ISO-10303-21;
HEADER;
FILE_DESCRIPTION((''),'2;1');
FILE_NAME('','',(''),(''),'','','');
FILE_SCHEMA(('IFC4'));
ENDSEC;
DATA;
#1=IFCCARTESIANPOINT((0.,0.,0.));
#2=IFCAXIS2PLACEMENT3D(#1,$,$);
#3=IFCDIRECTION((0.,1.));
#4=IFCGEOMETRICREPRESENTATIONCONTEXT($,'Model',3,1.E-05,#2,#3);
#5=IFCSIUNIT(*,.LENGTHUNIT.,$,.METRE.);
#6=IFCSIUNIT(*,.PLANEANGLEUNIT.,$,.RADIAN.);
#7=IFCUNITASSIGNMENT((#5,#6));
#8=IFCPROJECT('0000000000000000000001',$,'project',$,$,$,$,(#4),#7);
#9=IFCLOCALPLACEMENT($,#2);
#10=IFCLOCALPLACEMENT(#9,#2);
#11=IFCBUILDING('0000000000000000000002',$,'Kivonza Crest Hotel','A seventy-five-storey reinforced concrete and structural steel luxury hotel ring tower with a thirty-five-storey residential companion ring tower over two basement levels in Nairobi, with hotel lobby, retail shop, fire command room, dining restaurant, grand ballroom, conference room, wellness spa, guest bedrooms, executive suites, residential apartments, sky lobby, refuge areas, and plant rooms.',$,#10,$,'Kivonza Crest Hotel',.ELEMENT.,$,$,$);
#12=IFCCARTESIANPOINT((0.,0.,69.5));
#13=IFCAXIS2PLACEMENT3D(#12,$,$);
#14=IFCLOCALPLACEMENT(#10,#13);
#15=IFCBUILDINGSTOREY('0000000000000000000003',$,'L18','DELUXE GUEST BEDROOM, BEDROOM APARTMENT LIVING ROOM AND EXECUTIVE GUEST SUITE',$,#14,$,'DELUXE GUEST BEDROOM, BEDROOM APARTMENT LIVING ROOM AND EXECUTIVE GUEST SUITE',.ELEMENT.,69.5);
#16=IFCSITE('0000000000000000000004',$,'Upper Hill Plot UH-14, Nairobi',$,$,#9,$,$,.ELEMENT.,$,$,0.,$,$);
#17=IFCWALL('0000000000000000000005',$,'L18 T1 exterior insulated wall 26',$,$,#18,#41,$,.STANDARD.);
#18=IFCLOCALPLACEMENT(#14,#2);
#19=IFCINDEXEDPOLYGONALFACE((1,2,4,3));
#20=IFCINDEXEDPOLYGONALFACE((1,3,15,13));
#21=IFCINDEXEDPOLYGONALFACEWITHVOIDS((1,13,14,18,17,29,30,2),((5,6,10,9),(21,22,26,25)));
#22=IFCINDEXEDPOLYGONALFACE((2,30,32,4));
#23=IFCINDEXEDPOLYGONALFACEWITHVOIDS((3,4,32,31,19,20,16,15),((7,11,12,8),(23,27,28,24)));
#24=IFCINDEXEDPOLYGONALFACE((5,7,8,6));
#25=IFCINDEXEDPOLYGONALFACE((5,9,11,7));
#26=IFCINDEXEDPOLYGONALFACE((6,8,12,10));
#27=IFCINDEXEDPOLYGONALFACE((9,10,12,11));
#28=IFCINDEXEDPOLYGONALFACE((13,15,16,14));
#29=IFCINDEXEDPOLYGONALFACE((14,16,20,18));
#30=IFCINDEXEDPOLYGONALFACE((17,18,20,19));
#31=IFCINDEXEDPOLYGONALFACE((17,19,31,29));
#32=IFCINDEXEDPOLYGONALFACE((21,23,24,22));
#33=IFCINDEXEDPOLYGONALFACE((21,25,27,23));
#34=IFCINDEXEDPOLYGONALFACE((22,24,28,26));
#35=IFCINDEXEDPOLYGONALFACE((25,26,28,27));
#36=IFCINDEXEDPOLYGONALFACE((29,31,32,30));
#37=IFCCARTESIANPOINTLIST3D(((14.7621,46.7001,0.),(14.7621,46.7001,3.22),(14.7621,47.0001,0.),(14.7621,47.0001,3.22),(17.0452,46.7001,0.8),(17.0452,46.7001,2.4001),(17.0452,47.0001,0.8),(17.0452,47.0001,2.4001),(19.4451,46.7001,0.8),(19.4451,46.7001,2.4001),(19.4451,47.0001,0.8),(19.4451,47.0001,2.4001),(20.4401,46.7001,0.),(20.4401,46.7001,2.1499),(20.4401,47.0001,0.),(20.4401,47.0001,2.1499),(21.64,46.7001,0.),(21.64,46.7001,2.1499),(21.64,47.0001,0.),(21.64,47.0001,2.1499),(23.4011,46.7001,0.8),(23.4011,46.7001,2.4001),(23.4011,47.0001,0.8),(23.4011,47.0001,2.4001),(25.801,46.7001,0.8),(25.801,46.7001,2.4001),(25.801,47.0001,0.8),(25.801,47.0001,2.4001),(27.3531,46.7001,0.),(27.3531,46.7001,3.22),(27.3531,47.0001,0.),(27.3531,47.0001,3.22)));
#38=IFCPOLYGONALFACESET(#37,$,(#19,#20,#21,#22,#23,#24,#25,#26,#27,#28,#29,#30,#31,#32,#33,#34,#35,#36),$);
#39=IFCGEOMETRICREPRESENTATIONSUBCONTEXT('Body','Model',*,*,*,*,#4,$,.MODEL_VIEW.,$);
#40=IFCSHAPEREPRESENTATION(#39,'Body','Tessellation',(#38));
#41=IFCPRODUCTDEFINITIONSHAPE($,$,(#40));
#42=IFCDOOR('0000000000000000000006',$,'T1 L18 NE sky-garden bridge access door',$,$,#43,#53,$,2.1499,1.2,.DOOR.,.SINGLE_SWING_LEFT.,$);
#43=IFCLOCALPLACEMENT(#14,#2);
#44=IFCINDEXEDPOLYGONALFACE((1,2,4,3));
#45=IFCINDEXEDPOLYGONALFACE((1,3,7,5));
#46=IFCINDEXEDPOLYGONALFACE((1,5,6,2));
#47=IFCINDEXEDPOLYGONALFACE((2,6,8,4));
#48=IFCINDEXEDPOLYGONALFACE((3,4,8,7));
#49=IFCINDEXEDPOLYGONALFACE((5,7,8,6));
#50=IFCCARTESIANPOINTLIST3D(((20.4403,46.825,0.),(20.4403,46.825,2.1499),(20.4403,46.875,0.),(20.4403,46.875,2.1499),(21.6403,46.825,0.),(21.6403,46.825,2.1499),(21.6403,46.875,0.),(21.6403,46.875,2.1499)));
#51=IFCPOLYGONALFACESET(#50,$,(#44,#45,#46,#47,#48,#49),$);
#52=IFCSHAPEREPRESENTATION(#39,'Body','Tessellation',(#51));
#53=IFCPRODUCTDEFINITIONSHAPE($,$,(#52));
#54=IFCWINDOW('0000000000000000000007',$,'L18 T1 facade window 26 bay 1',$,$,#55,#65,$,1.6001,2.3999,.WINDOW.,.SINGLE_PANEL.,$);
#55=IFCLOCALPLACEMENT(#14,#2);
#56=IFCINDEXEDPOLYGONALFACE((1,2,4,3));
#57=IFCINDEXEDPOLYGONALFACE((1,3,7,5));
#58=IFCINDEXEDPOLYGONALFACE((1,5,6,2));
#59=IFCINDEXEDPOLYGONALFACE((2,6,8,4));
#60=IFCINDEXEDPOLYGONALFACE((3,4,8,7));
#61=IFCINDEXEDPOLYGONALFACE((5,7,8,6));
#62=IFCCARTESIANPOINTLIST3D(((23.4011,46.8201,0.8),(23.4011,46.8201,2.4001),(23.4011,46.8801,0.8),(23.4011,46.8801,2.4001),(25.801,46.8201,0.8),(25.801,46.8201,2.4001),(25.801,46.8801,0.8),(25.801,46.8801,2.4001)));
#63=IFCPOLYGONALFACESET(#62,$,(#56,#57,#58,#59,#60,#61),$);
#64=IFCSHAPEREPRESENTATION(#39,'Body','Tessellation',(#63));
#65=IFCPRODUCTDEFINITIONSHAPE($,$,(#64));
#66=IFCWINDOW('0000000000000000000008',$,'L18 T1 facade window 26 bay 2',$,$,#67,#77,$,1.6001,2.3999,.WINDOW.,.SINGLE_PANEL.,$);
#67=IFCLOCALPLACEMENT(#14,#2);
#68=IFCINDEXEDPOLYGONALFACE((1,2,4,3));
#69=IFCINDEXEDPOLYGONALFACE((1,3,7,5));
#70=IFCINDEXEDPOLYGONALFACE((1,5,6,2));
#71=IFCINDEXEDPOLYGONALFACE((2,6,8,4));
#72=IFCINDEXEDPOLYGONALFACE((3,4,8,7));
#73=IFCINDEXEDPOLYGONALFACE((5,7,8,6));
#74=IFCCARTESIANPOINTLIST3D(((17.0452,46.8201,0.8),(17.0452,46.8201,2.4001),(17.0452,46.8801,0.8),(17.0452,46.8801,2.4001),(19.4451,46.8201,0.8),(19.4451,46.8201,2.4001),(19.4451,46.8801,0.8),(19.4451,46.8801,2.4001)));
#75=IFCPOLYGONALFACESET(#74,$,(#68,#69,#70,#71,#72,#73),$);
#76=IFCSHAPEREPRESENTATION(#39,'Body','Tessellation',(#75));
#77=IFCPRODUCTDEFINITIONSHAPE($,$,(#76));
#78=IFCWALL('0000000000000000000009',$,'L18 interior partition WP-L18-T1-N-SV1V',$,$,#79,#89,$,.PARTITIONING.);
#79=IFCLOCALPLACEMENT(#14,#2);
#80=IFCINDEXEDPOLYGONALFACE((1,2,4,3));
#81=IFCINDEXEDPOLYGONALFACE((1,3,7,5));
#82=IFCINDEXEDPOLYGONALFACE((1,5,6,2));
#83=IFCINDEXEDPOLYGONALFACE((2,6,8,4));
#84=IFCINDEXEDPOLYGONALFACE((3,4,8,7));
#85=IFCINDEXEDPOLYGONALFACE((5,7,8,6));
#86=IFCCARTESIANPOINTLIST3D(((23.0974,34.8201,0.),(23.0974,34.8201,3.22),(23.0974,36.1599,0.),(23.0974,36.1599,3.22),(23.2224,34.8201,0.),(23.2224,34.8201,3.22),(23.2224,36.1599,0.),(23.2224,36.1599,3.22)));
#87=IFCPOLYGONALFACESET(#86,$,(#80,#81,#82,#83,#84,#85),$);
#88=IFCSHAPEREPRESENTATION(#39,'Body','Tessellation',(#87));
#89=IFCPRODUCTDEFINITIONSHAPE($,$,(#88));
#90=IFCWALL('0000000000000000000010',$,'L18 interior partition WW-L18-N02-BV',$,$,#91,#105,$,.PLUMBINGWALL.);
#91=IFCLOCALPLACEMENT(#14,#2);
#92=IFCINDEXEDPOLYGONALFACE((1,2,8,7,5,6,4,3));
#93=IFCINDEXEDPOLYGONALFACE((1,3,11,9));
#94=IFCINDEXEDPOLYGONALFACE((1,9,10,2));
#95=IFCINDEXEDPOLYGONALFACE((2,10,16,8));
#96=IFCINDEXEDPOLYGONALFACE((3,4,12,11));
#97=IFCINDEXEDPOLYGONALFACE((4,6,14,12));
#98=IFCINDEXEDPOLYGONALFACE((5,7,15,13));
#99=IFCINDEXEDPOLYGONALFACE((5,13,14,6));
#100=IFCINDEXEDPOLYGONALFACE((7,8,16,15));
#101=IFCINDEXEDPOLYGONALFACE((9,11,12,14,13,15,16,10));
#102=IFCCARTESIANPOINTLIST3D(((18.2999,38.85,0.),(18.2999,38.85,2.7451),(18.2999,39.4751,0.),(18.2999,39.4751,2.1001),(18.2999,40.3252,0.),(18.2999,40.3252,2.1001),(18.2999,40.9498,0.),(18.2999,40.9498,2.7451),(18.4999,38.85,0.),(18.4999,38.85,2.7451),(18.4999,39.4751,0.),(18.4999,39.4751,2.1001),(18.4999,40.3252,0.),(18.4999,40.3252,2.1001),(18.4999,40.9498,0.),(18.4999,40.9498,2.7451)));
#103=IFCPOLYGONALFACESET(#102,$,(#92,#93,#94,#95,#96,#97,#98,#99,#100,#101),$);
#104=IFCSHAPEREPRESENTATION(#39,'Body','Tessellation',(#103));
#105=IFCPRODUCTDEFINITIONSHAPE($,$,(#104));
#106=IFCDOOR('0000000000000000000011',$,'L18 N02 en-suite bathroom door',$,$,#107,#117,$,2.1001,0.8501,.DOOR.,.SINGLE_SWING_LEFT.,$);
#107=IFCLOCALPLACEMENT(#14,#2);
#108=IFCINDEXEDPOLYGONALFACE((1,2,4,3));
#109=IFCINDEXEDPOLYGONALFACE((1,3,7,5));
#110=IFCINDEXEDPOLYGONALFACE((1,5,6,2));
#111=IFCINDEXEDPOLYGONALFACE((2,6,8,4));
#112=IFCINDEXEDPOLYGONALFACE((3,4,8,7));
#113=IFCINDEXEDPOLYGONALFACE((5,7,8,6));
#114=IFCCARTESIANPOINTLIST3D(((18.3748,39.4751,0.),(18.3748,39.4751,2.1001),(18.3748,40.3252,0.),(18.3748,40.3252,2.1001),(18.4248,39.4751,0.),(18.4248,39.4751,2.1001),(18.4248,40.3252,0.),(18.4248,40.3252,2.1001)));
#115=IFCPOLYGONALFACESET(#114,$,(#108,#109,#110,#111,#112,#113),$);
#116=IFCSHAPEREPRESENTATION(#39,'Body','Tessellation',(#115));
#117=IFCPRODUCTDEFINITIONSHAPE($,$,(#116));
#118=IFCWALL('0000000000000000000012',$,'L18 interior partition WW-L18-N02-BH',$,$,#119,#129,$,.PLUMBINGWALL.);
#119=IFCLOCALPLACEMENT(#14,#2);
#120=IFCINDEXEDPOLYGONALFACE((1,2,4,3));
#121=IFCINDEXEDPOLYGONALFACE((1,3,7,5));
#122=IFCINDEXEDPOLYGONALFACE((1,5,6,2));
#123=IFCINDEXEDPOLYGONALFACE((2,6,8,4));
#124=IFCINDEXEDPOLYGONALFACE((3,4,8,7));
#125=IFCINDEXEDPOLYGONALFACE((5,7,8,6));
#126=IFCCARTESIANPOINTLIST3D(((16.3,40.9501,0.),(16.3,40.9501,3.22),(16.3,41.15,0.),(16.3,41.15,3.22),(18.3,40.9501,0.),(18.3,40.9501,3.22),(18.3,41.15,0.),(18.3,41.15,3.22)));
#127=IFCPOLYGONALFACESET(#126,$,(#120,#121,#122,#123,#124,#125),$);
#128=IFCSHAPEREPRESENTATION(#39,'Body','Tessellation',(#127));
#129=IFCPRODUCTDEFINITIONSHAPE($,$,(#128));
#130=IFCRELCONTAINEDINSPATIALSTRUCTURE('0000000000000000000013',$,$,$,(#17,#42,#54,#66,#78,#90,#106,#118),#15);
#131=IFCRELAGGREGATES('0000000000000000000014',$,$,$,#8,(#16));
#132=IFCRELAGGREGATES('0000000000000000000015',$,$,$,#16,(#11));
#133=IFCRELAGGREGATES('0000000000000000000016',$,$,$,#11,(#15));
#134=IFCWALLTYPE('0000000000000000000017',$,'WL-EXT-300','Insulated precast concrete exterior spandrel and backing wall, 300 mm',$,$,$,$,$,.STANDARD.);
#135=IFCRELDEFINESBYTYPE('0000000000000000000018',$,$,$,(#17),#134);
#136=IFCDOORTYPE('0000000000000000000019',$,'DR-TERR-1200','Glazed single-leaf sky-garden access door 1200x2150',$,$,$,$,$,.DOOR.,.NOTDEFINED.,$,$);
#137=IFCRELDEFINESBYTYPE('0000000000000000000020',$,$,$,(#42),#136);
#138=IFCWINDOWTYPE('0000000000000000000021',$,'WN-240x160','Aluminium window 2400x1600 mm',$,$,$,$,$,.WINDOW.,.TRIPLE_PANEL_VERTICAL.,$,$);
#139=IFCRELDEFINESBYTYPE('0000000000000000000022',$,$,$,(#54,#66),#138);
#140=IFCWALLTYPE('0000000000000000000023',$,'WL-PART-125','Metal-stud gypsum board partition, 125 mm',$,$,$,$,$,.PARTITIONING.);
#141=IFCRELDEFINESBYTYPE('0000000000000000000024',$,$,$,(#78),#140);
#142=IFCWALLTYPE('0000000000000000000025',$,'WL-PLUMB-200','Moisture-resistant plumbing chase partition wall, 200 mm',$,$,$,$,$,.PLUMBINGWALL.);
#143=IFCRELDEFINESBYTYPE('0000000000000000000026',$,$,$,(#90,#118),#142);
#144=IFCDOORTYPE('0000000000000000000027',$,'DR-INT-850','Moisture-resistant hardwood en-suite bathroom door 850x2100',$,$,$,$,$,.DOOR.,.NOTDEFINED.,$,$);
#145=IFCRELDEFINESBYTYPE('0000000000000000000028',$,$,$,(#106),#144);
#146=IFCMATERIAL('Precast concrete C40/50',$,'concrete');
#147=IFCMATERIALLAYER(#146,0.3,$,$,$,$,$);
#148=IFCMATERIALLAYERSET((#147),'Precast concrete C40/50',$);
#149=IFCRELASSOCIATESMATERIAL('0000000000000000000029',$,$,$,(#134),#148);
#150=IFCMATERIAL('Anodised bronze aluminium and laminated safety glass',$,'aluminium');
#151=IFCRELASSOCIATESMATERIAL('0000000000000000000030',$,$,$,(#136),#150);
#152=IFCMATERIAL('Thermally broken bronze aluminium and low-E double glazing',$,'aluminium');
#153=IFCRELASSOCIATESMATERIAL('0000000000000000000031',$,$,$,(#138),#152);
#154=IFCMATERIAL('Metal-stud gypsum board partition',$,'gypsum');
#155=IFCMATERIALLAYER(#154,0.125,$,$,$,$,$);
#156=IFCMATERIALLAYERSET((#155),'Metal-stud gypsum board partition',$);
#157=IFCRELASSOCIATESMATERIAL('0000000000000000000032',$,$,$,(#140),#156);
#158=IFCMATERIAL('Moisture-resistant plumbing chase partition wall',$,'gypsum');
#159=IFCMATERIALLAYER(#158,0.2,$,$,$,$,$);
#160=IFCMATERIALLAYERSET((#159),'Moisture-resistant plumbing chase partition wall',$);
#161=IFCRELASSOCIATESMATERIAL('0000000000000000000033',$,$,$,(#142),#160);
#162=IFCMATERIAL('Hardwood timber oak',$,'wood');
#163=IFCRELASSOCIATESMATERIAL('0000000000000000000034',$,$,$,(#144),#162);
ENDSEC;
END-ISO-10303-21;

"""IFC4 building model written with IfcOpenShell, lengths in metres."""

from ifc_helpers import new_model, si_unit, direction, frame, frame_2d, origin, place, context, subcontext, project, spatial, rectangle, extrude, material, layer, layer_set, type_object, element, fill, save


model = new_model("IFC4")

# Units and contexts
model_context = context("Model", 3, precision=1e-05, world=origin(), true_north=direction((0.0, 1.0)))
body_context = subcontext(model_context, "Body", "Model", "MODEL_VIEW")
ifc_project = project(units=[si_unit("LENGTHUNIT", "METRE"), si_unit("PLANEANGLEUNIT", "RADIAN")], contexts=[model_context])

# Site, building, storey
site_placement = place(None, origin())
site = spatial("IfcSite", under=ifc_project, at=site_placement, Name="Upper Hill Plot UH-14, Nairobi", CompositionType="ELEMENT", RefElevation=0.0)
building_placement = place(site_placement, origin())
building = spatial("IfcBuilding", under=site, at=building_placement, Name="Kivonza Crest Hotel", Description="A seventy-five-storey reinforced concrete and structural steel luxury hotel ring tower with a thirty-five-storey residential companion ring tower over two basement levels in Nairobi, with hotel lobby, retail shop, fire command room, dining restaurant, grand ballroom, conference room, wellness spa, guest bedrooms, executive suites, residential apartments, sky lobby, refuge areas, and plant rooms.", LongName="Kivonza Crest Hotel", CompositionType="ELEMENT")
storey_placement = place(building_placement, frame((0.0, 0.0, 69.5)))
storey = spatial("IfcBuildingStorey", under=building, at=storey_placement, Name="L18", Description="DELUXE GUEST BEDROOM, BEDROOM APARTMENT LIVING ROOM AND EXECUTIVE GUEST SUITE", LongName="DELUXE GUEST BEDROOM, BEDROOM APARTMENT LIVING ROOM AND EXECUTIVE GUEST SUITE", CompositionType="ELEMENT", Elevation=69.5)

# Shared definitions
ifc_material_1 = material(Name="Hardwood timber oak", Category="wood")

# Wall, openings, door, windows
ifc_material_2 = material(Name="Precast concrete C40/50", Category="concrete")
ifc_layer_1 = layer(ifc_material_2, 0.3)
ifc_layer_set_1 = layer_set([ifc_layer_1], Name="Precast concrete C40/50")
wall_type_1 = type_object("IfcWallType", Name="WL-EXT-300", Description="Insulated precast concrete exterior spandrel and backing wall, 300 mm", PredefinedType="STANDARD", material=ifc_layer_set_1)
wall_1_placement = place(storey_placement, frame((27.353, 46.8501, 0.0), z_axis=(0.0, 0.0, 1.0), x_axis=(-1.0, 0.0, 0.0)))
wall_1 = element("IfcWall", 1, at=wall_1_placement, inside=storey, type_object=wall_type_1, Name="L18 T1 exterior insulated wall 26", PredefinedType="STANDARD", context=body_context, shape_type="SweptSolid", body=[
    extrude(rectangle(XDim=12.5911, YDim=0.3, at=frame_2d((6.2954, 0.0))), origin(), (0.0, 0.0, 1.0), 3.22),
])
opening_1_placement = place(wall_1_placement, frame((5.7129, 0.0, 0.0)))
opening_1 = element("IfcOpeningElement", 2, at=opening_1_placement, cuts=wall_1, PredefinedType="OPENING", context=body_context, shape_type="SweptSolid", body=[
    extrude(rectangle(XDim=1.2, YDim=2.1499, at=frame_2d((0.6001, 1.075))), frame((0.0, 0.1602, 0.0), z_axis=(0.0, -1.0, 0.0), x_axis=(1.0, 0.0, 0.0)), (0.0, 0.0, 1.0), 0.3201),
])
opening_2_placement = place(wall_1_placement, frame((1.552, 0.0, 0.8)))
opening_2 = element("IfcOpeningElement", 3, at=opening_2_placement, cuts=wall_1, PredefinedType="OPENING", context=body_context, shape_type="SweptSolid", body=[
    extrude(rectangle(XDim=2.3999, YDim=1.6001, at=frame_2d((1.2, 0.8))), frame((0.0, 0.1602, 0.0), z_axis=(0.0, -1.0, 0.0), x_axis=(1.0, 0.0, 0.0)), (0.0, 0.0, 1.0), 0.3201),
])
opening_3_placement = place(wall_1_placement, frame((7.908, 0.0, 0.8)))
opening_3 = element("IfcOpeningElement", 4, at=opening_3_placement, cuts=wall_1, PredefinedType="OPENING", context=body_context, shape_type="SweptSolid", body=[
    extrude(rectangle(XDim=2.3999, YDim=1.6001, at=frame_2d((1.2, 0.8))), frame((0.0, 0.1602, 0.0), z_axis=(0.0, -1.0, 0.0), x_axis=(1.0, 0.0, 0.0)), (0.0, 0.0, 1.0), 0.3201),
])
ifc_material_3 = material(Name="Anodised bronze aluminium and laminated safety glass", Category="aluminium")
door_type_1 = type_object("IfcDoorType", Name="DR-TERR-1200", Description="Glazed single-leaf sky-garden access door 1200x2150", OperationType="NOTDEFINED", PredefinedType="DOOR", material=ifc_material_3)
door_1_placement = place(opening_1_placement, frame((1.2, 0.0, 0.0), z_axis=(0.0, 0.0, 1.0), x_axis=(-1.0, 0.0, 0.0)))
door_1 = element("IfcDoor", 5, at=door_1_placement, inside=storey, type_object=door_type_1, Name="T1 L18 NE sky-garden bridge access door", OperationType="SINGLE_SWING_LEFT", OverallHeight=2.1499, OverallWidth=1.2, PredefinedType="DOOR", context=body_context, shape_type="SweptSolid", body=[
    extrude(rectangle(XDim=1.2, YDim=2.1499, at=frame_2d((0.6001, 1.075))), frame((0.0, 0.0249, 0.0), z_axis=(0.0, -1.0, 0.0), x_axis=(1.0, 0.0, 0.0)), (0.0, 0.0, 1.0), 0.05),
])
fill(opening_1, door_1)
ifc_material_4 = material(Name="Thermally broken bronze aluminium and low-E double glazing", Category="aluminium")
window_type = type_object("IfcWindowType", Name="WN-240x160", Description="Aluminium window 2400x1600 mm", PartitioningType="TRIPLE_PANEL_VERTICAL", PredefinedType="WINDOW", material=ifc_material_4)
window_1_placement = place(opening_2_placement, origin())
window_1 = element("IfcWindow", 6, at=window_1_placement, inside=storey, type_object=window_type, Name="L18 T1 facade window 26 bay 1", OverallHeight=1.6001, OverallWidth=2.3999, PartitioningType="SINGLE_PANEL", PredefinedType="WINDOW", context=body_context, shape_type="SweptSolid", body=[
    extrude(rectangle(XDim=2.3999, YDim=1.6001, at=frame_2d((1.2, 0.8))), frame((0.0, 0.03, 0.0), z_axis=(0.0, -1.0, 0.0), x_axis=(1.0, 0.0, 0.0)), (0.0, 0.0, 1.0), 0.0601),
])
fill(opening_2, window_1)
window_2_placement = place(opening_3_placement, origin())
window_2 = element("IfcWindow", 7, at=window_2_placement, inside=storey, type_object=window_type, Name="L18 T1 facade window 26 bay 2", OverallHeight=1.6001, OverallWidth=2.3999, PartitioningType="SINGLE_PANEL", PredefinedType="WINDOW", context=body_context, shape_type="SweptSolid", body=[
    extrude(rectangle(XDim=2.3999, YDim=1.6001, at=frame_2d((1.2, 0.8))), frame((0.0, 0.03, 0.0), z_axis=(0.0, -1.0, 0.0), x_axis=(1.0, 0.0, 0.0)), (0.0, 0.0, 1.0), 0.0601),
])
fill(opening_3, window_2)

# Wall
ifc_material_5 = material(Name="Metal-stud gypsum board partition", Category="gypsum")
ifc_layer_2 = layer(ifc_material_5, 0.125)
ifc_layer_set_2 = layer_set([ifc_layer_2], Name="Metal-stud gypsum board partition")
wall_type_2 = type_object("IfcWallType", Name="WL-PART-125", Description="Metal-stud gypsum board partition, 125 mm", PredefinedType="PARTITIONING", material=ifc_layer_set_2)
wall_2_placement = place(storey_placement, frame((23.1599, 34.8201, 0.0), z_axis=(0.0, 0.0, 1.0), x_axis=(0.0, 1.0, 0.0)))
element("IfcWall", 8, at=wall_2_placement, inside=storey, type_object=wall_type_2, Name="L18 interior partition WP-L18-T1-N-SV1V", PredefinedType="PARTITIONING", context=body_context, shape_type="SweptSolid", body=[
    extrude(rectangle(XDim=1.3398, YDim=0.125, at=frame_2d((0.6699, 0.0))), origin(), (0.0, 0.0, 1.0), 3.22),
])

# Wall, opening, door
ifc_material_6 = material(Name="Moisture-resistant plumbing chase partition wall", Category="gypsum")
ifc_layer_3 = layer(ifc_material_6, 0.2)
ifc_layer_set_3 = layer_set([ifc_layer_3], Name="Moisture-resistant plumbing chase partition wall")
wall_type_3 = type_object("IfcWallType", Name="WL-PLUMB-200", Description="Moisture-resistant plumbing chase partition wall, 200 mm", PredefinedType="PLUMBINGWALL", material=ifc_layer_set_3)
wall_3_placement = place(storey_placement, frame((18.3999, 38.8501, 0.0), z_axis=(0.0, 0.0, 1.0), x_axis=(0.0, 1.0, 0.0)))
wall_3 = element("IfcWall", 9, at=wall_3_placement, inside=storey, type_object=wall_type_3, Name="L18 interior partition WW-L18-N02-BV", PredefinedType="PLUMBINGWALL", context=body_context, shape_type="SweptSolid", body=[
    extrude(rectangle(XDim=2.0999, YDim=0.2, at=frame_2d((1.0498, 0.0))), origin(), (0.0, 0.0, 1.0), 2.7451),
])
opening_4_placement = place(wall_3_placement, frame((0.625, 0.0, 0.0)))
opening_4 = element("IfcOpeningElement", 10, at=opening_4_placement, cuts=wall_3, PredefinedType="OPENING", context=body_context, shape_type="SweptSolid", body=[
    extrude(rectangle(XDim=0.8501, YDim=2.1001, at=frame_2d((0.425, 1.05))), frame((0.0, 0.1099, 0.0), z_axis=(0.0, -1.0, 0.0), x_axis=(1.0, 0.0, 0.0)), (0.0, 0.0, 1.0), 0.22),
])
door_type_2 = type_object("IfcDoorType", Name="DR-INT-850", Description="Moisture-resistant hardwood en-suite bathroom door 850x2100", OperationType="NOTDEFINED", PredefinedType="DOOR", material=ifc_material_1)
door_2_placement = place(opening_4_placement, frame((0.8501, 0.0, 0.0), z_axis=(0.0, 0.0, 1.0), x_axis=(-1.0, 0.0, 0.0)))
door_2 = element("IfcDoor", 11, at=door_2_placement, inside=storey, type_object=door_type_2, Name="L18 N02 en-suite bathroom door", OperationType="SINGLE_SWING_LEFT", OverallHeight=2.1001, OverallWidth=0.8501, PredefinedType="DOOR", context=body_context, shape_type="SweptSolid", body=[
    extrude(rectangle(XDim=0.8501, YDim=2.1001, at=frame_2d((0.425, 1.05))), frame((0.0, 0.0249, 0.0), z_axis=(0.0, -1.0, 0.0), x_axis=(1.0, 0.0, 0.0)), (0.0, 0.0, 1.0), 0.05),
])
fill(opening_4, door_2)

# Wall
wall_4_placement = place(storey_placement, frame((16.3, 41.05, 0.0), z_axis=(0.0, 0.0, 1.0), x_axis=(1.0, 0.0, 0.0)))
element("IfcWall", 12, at=wall_4_placement, inside=storey, type_object=wall_type_3, Name="L18 interior partition WW-L18-N02-BH", PredefinedType="PLUMBINGWALL", context=body_context, shape_type="SweptSolid", body=[
    extrude(rectangle(XDim=2.0, YDim=0.2, at=frame_2d((1.0, 0.0))), origin(), (0.0, 0.0, 1.0), 3.22),
])

save(model, "model.ifc")
